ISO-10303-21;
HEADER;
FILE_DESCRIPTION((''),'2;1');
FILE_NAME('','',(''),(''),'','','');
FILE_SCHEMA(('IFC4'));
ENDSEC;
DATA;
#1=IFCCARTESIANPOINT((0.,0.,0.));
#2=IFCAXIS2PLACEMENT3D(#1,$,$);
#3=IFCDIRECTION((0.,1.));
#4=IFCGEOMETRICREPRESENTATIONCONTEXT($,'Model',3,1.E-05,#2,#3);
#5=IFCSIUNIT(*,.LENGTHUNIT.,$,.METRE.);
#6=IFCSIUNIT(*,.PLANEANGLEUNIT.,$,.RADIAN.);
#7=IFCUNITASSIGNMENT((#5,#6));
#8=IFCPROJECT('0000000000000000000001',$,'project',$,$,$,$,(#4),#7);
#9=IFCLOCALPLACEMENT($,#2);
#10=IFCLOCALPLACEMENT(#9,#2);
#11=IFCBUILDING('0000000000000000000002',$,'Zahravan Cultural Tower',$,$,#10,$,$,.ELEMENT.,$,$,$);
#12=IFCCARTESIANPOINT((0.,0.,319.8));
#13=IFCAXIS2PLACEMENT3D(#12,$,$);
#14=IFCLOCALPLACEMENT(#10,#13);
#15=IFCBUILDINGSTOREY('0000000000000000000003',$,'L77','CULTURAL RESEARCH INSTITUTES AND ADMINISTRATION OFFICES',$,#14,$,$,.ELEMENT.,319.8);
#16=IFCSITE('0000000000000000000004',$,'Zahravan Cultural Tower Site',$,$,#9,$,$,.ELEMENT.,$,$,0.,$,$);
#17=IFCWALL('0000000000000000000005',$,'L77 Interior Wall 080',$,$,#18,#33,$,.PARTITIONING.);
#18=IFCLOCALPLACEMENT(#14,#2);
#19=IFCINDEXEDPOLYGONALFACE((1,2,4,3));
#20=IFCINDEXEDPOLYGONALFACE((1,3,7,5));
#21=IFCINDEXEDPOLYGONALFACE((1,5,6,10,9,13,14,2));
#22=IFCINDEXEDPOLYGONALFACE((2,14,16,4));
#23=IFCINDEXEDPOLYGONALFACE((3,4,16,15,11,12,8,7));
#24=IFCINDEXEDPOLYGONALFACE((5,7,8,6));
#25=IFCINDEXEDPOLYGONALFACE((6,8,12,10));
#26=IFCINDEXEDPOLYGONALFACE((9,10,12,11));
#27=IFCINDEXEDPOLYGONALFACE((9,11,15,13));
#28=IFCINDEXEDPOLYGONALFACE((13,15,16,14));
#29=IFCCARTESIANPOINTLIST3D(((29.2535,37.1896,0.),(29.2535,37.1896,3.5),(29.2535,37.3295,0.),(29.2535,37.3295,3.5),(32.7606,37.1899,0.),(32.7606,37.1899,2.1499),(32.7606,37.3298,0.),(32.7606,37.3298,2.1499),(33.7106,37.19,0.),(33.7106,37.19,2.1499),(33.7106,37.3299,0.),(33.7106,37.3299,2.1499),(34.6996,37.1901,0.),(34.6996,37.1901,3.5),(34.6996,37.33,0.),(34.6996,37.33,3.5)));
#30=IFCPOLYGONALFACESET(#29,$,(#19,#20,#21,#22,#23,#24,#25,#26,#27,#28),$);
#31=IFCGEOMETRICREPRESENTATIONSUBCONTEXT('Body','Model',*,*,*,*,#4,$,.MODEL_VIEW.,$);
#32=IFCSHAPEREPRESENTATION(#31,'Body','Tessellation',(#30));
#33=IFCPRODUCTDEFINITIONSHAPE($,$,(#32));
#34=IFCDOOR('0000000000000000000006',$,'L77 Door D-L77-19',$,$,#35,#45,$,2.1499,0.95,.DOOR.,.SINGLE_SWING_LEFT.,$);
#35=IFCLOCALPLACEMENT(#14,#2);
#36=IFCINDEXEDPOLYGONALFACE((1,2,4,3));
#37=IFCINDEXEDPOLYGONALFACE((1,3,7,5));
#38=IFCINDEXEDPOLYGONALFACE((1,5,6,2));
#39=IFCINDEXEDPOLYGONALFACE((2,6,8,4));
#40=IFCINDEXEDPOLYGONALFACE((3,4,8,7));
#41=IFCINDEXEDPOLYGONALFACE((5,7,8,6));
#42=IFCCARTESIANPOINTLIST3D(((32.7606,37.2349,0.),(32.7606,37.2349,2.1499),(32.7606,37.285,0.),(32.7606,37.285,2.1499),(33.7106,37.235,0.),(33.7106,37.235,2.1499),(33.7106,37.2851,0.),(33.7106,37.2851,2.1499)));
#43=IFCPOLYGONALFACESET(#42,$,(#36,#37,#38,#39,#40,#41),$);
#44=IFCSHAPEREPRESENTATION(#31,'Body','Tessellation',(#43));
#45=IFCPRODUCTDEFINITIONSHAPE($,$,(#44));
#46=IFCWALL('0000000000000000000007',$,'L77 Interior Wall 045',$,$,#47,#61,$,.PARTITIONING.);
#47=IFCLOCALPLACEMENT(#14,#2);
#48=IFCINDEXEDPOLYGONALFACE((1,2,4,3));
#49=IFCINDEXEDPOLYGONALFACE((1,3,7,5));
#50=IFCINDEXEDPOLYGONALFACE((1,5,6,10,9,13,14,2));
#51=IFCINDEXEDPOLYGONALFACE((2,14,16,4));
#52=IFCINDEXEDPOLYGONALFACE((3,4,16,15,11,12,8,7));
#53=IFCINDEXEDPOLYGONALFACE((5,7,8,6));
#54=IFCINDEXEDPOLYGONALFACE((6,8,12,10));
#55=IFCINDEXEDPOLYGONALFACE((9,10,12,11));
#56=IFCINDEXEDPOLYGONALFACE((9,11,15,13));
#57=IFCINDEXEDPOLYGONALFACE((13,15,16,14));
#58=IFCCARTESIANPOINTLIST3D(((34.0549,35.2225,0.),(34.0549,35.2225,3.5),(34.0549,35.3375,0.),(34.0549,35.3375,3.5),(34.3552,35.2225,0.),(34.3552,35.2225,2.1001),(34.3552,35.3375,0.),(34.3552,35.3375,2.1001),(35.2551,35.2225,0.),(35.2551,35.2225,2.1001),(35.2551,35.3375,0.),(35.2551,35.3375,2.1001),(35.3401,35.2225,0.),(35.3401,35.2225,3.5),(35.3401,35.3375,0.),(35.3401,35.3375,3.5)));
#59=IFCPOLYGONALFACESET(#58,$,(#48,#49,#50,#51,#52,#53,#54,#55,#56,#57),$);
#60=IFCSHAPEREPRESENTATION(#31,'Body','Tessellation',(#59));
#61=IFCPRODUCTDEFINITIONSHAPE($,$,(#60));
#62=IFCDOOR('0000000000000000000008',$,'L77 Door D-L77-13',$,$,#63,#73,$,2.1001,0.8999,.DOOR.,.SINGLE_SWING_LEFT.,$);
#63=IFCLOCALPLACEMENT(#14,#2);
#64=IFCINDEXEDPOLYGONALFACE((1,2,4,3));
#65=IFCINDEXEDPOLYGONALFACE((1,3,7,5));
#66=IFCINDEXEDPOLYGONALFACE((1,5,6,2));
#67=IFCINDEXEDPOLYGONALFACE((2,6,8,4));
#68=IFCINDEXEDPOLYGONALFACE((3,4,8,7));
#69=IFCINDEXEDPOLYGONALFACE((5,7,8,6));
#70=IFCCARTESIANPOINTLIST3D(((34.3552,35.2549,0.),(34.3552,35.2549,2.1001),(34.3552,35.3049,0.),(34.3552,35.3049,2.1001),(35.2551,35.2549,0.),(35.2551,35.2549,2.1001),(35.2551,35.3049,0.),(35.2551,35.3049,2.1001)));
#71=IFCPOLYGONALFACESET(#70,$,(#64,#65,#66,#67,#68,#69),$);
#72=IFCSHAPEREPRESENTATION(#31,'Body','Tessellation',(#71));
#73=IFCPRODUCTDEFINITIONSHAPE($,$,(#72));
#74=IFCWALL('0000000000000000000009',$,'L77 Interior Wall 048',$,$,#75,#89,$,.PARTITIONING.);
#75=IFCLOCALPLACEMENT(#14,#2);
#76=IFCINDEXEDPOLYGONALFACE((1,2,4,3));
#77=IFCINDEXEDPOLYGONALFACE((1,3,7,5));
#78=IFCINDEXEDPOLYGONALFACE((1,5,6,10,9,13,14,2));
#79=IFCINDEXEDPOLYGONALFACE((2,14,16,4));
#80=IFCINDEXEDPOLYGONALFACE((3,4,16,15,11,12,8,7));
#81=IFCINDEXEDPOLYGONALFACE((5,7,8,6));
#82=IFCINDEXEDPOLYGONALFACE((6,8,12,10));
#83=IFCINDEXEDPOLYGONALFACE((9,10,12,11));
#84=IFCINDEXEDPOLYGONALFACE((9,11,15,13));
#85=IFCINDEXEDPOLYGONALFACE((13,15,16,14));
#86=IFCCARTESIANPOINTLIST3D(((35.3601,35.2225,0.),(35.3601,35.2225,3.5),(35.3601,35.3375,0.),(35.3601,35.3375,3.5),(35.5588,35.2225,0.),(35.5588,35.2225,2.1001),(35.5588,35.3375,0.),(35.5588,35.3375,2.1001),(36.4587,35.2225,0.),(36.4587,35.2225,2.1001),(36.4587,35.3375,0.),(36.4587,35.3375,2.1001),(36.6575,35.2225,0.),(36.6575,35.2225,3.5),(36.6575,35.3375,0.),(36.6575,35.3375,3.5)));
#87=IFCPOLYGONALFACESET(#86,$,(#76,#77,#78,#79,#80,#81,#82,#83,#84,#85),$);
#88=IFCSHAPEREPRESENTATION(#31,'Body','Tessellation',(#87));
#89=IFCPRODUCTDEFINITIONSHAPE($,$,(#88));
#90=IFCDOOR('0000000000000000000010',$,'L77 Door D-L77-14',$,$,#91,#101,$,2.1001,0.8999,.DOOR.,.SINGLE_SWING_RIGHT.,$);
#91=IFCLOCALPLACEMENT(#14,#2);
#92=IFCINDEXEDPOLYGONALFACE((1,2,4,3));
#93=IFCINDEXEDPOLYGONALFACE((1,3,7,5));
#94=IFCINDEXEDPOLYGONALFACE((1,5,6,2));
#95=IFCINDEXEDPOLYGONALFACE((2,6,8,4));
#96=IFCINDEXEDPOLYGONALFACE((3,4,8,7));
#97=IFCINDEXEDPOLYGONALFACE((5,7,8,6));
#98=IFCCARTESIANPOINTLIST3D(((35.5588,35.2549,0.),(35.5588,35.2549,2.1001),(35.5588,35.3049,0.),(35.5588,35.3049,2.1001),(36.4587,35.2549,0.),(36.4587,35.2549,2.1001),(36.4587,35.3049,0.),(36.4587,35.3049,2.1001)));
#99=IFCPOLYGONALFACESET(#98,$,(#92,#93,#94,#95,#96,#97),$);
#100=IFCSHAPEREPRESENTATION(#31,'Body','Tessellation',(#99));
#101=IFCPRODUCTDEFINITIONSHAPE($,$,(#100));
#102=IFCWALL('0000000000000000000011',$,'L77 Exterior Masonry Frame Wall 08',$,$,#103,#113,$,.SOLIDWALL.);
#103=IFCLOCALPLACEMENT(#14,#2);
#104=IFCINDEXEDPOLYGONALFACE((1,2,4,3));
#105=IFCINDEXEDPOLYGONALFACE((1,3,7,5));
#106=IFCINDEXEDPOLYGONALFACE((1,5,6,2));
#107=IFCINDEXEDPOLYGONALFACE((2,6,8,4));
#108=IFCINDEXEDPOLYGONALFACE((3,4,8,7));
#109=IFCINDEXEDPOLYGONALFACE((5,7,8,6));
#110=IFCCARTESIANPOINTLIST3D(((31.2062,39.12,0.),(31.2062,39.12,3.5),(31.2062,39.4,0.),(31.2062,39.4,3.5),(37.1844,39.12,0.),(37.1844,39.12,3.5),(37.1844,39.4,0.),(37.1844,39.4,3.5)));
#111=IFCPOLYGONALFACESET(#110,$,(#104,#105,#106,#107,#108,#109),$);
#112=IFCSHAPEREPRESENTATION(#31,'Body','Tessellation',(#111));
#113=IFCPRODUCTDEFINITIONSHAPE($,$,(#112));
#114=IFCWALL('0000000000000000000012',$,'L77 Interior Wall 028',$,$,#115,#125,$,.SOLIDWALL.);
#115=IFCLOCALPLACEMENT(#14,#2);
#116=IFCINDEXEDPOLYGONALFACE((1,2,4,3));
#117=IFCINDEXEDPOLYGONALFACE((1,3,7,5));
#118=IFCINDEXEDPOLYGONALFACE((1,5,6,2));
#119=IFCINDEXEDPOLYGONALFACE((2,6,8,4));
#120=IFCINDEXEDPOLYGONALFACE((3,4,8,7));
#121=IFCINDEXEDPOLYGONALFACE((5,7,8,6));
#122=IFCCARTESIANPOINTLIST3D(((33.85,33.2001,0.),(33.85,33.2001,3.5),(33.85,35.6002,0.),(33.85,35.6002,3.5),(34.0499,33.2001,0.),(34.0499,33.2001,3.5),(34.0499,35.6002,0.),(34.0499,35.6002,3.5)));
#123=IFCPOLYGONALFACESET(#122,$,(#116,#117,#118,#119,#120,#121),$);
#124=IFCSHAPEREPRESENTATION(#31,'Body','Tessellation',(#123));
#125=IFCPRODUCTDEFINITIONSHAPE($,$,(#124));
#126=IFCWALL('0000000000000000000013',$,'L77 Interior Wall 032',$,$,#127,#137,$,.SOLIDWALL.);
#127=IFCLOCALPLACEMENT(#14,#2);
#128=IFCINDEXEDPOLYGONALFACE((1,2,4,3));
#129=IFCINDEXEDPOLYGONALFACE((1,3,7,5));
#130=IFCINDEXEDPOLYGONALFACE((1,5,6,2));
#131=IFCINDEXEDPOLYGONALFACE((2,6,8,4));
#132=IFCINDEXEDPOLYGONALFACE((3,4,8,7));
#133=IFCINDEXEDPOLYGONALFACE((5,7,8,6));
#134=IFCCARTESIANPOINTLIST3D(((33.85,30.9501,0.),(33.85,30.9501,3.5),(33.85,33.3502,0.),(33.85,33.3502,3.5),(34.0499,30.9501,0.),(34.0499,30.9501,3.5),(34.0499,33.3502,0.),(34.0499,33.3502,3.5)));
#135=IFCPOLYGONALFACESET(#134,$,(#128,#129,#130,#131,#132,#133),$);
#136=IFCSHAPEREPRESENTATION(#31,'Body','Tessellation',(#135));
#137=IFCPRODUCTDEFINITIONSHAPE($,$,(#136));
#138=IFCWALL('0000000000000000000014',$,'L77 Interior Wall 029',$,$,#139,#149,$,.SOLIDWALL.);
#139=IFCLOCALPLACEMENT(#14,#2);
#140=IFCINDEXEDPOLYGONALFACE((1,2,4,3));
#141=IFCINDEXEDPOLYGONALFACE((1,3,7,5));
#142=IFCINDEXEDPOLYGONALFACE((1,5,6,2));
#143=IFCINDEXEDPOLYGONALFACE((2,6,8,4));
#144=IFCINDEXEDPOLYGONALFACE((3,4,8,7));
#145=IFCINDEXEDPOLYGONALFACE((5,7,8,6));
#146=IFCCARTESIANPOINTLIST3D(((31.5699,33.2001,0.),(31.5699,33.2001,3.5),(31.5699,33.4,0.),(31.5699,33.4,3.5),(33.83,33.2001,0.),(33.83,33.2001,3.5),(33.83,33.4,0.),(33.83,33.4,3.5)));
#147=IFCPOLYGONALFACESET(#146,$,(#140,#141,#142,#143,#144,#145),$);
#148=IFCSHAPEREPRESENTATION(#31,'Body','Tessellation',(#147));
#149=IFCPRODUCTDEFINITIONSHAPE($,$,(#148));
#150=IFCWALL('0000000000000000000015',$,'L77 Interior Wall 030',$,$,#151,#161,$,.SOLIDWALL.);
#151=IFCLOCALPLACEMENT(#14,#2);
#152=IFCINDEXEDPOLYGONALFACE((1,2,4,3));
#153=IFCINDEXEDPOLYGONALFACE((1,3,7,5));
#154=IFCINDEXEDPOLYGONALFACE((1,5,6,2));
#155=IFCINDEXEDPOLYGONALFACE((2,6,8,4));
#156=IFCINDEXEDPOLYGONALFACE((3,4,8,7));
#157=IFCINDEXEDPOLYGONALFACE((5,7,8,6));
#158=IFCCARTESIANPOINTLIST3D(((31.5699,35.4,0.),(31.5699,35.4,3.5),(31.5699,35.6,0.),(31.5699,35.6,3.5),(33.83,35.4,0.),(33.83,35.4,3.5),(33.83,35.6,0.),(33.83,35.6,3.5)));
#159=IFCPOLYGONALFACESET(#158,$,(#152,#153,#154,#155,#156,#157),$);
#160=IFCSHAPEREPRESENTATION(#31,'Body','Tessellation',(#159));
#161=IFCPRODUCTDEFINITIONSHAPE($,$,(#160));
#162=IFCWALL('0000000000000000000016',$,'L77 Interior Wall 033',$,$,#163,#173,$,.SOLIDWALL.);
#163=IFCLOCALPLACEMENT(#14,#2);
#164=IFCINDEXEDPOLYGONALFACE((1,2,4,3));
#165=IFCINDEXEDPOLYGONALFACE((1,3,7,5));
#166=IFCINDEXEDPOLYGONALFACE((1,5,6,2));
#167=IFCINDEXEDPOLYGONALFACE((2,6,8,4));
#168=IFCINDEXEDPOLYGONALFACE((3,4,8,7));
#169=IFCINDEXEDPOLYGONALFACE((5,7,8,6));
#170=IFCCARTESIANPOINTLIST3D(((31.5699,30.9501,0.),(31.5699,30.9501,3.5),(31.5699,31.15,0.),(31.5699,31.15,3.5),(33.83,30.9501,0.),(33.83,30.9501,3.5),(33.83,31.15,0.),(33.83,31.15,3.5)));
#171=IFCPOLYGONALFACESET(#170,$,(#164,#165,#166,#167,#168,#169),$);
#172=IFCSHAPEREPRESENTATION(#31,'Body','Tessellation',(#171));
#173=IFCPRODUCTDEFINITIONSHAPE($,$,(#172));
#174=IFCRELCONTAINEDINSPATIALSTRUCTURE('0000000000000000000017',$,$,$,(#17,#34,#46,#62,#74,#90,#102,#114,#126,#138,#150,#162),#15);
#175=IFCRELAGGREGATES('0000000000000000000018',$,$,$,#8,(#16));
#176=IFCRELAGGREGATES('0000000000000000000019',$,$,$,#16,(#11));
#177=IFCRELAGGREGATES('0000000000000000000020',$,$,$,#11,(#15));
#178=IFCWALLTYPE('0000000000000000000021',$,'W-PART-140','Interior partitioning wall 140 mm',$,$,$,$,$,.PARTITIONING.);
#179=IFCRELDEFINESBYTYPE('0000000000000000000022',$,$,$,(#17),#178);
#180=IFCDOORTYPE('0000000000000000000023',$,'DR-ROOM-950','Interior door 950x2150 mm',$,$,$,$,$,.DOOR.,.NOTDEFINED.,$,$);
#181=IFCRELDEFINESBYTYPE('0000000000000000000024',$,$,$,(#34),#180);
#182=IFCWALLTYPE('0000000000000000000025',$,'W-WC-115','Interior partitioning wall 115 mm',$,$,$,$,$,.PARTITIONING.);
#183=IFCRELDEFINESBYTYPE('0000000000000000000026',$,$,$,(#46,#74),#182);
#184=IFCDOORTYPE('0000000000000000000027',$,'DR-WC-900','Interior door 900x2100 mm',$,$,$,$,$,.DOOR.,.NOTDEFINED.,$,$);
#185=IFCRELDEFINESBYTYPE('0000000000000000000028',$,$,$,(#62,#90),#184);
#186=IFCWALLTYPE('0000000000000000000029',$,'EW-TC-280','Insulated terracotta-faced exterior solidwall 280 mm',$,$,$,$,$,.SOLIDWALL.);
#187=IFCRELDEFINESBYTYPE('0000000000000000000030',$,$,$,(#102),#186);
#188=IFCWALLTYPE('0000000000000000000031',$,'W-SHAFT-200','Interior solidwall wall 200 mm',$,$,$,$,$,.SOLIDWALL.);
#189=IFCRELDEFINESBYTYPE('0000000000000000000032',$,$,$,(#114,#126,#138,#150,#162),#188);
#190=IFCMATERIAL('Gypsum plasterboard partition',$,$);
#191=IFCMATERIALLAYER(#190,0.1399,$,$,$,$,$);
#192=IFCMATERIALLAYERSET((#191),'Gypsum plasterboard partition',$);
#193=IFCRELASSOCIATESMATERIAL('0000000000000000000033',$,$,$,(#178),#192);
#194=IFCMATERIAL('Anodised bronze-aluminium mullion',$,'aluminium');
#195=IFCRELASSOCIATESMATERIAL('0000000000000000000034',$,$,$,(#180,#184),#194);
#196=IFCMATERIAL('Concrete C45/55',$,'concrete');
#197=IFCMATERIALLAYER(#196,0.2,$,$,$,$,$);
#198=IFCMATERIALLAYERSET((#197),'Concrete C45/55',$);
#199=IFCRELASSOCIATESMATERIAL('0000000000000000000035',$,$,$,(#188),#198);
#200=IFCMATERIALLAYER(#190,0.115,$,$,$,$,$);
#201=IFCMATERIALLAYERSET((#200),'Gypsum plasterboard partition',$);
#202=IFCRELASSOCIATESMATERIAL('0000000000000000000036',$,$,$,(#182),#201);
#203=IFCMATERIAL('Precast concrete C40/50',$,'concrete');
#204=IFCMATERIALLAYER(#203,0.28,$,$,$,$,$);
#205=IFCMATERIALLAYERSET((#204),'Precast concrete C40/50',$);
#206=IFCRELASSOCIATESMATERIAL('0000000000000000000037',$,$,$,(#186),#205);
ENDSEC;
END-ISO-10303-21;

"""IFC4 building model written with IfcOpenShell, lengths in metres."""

from ifc_helpers import new_model, si_unit, direction, frame, frame_2d, origin, place, context, subcontext, project, spatial, rectangle, extrude, source, transform, mapped, material, layer, layer_set, type_object, element, fill, save


model = new_model("IFC4")

# Units and contexts
model_context = context("Model", 3, precision=1e-05, world=origin(), true_north=direction((0.0, 1.0)))
body_context = subcontext(model_context, "Body", "Model", "MODEL_VIEW")
ifc_project = project(units=[si_unit("LENGTHUNIT", "METRE"), si_unit("PLANEANGLEUNIT", "RADIAN")], contexts=[model_context])

# Site, building, storey
site_placement = place(None, origin())
site = spatial("IfcSite", under=ifc_project, at=site_placement, Name="Zahravan Cultural Tower Site", CompositionType="ELEMENT", RefElevation=0.0)
building_placement = place(site_placement, origin())
building = spatial("IfcBuilding", under=site, at=building_placement, Name="Zahravan Cultural Tower", CompositionType="ELEMENT")
storey_placement = place(building_placement, frame((0.0, 0.0, 319.8)))
storey = spatial("IfcBuildingStorey", under=building, at=storey_placement, Name="L77", Description="CULTURAL RESEARCH INSTITUTES AND ADMINISTRATION OFFICES", CompositionType="ELEMENT", Elevation=319.8)

# Walls, openings, doors
ifc_material_1 = material(Name="Gypsum plasterboard partition")
ifc_layer_1 = layer(ifc_material_1, 0.1399)
ifc_layer_set_1 = layer_set([ifc_layer_1], Name="Gypsum plasterboard partition")
wall_type_1 = type_object("IfcWallType", Name="W-PART-140", Description="Interior partitioning wall 140 mm", PredefinedType="PARTITIONING", material=ifc_layer_set_1)
wall_1_placement = place(storey_placement, frame((34.6997, 37.26, 0.0), z_axis=(0.0, 0.0, 1.0), x_axis=(-1.0, -0.00009, 0.0)))
wall_1 = element("IfcWall", 1, at=wall_1_placement, inside=storey, type_object=wall_type_1, Name="L77 Interior Wall 080", PredefinedType="PARTITIONING", context=body_context, shape_type="SweptSolid", body=[
    extrude(rectangle(XDim=5.446, YDim=0.1399, at=frame_2d((2.7231, 0.0))), origin(), (0.0, 0.0, 1.0), 3.5),
])
opening_1_placement = place(wall_1_placement, frame((0.989, 0.0, 0.0)))
opening_1 = element("IfcOpeningElement", 2, at=opening_1_placement, cuts=wall_1, PredefinedType="OPENING", context=body_context, shape_type="SweptSolid", body=[
    extrude(rectangle(XDim=0.95, YDim=2.1499, at=frame_2d((0.4751, 1.075))), frame((0.0, 0.0798, 0.0), z_axis=(0.0, -1.0, 0.0), x_axis=(1.0, 0.0, 0.0)), (0.0, 0.0, 1.0), 0.1599),
])
ifc_material_2 = material(Name="Anodised bronze-aluminium mullion", Category="aluminium")
door_type_1 = type_object("IfcDoorType", Name="DR-ROOM-950", Description="Interior door 950x2150 mm", OperationType="NOTDEFINED", PredefinedType="DOOR", material=ifc_material_2)
shared_shape_1 = source(origin(), body_context, "Body", "SweptSolid", [
    extrude(rectangle(XDim=0.95, YDim=2.1499, at=frame_2d((0.4751, 1.075))), frame((0.0, 0.0249, 0.0), z_axis=(0.0, -1.0, 0.0), x_axis=(1.0, 0.0, 0.0)), (0.0, 0.0, 1.0), 0.05),
])
door_1_placement = place(opening_1_placement, origin())
door_1 = element("IfcDoor", 3, at=door_1_placement, inside=storey, type_object=door_type_1, Name="L77 Door D-L77-19", OperationType="SINGLE_SWING_LEFT", OverallHeight=2.1499, OverallWidth=0.95, PredefinedType="DOOR", context=body_context, shape_type="MappedRepresentation", body=[
    mapped(shared_shape_1, transform((0.0, 0.0, 0.0), x_axis=(1.0, 0.0, 0.0), y_axis=(0.0, 1.0, 0.0), z_axis=(0.0, 0.0, 1.0), scale=1.0)),
])
fill(opening_1, door_1)
ifc_material_3 = material(Name="Concrete C45/55", Category="concrete")
ifc_layer_2 = layer(ifc_material_3, 0.2)
ifc_layer_set_2 = layer_set([ifc_layer_2], Name="Concrete C45/55")
wall_type_2 = type_object("IfcWallType", Name="W-SHAFT-200", Description="Interior solidwall wall 200 mm", PredefinedType="SOLIDWALL", material=ifc_layer_set_2)
ifc_layer_3 = layer(ifc_material_1, 0.115)
ifc_layer_set_3 = layer_set([ifc_layer_3], Name="Gypsum plasterboard partition")
wall_type_3 = type_object("IfcWallType", Name="W-WC-115", Description="Interior partitioning wall 115 mm", PredefinedType="PARTITIONING", material=ifc_layer_set_3)
wall_2_placement = place(storey_placement, frame((34.0549, 35.28, 0.0), z_axis=(0.0, 0.0, 1.0), x_axis=(1.0, 0.0, 0.0)))
wall_2 = element("IfcWall", 4, at=wall_2_placement, inside=storey, type_object=wall_type_3, Name="L77 Interior Wall 045", PredefinedType="PARTITIONING", context=body_context, shape_type="SweptSolid", body=[
    extrude(rectangle(XDim=1.2852, YDim=0.115, at=frame_2d((0.6426, 0.0))), origin(), (0.0, 0.0, 1.0), 3.5),
])
opening_2_placement = place(wall_2_placement, frame((0.3003, 0.0, 0.0)))
opening_2 = element("IfcOpeningElement", 5, at=opening_2_placement, cuts=wall_2, PredefinedType="OPENING", context=body_context, shape_type="SweptSolid", body=[
    extrude(rectangle(XDim=0.8999, YDim=2.1001, at=frame_2d((0.45, 1.05))), frame((0.0, 0.0674, 0.0), z_axis=(0.0, -1.0, 0.0), x_axis=(1.0, 0.0, 0.0)), (0.0, 0.0, 1.0), 0.135),
])
door_type_2 = type_object("IfcDoorType", Name="DR-WC-900", Description="Interior door 900x2100 mm", OperationType="NOTDEFINED", PredefinedType="DOOR", material=ifc_material_2)
shared_shape_2 = source(origin(), body_context, "Body", "SweptSolid", [
    extrude(rectangle(XDim=0.8999, YDim=2.1001, at=frame_2d((0.45, 1.05))), frame((0.0, 0.0249, 0.0), z_axis=(0.0, -1.0, 0.0), x_axis=(1.0, 0.0, 0.0)), (0.0, 0.0, 1.0), 0.05),
])
door_2_placement = place(opening_2_placement, origin())
door_2 = element("IfcDoor", 6, at=door_2_placement, inside=storey, type_object=door_type_2, Name="L77 Door D-L77-13", OperationType="SINGLE_SWING_LEFT", OverallHeight=2.1001, OverallWidth=0.8999, PredefinedType="DOOR", context=body_context, shape_type="MappedRepresentation", body=[
    mapped(shared_shape_2, transform((0.0, 0.0, 0.0), x_axis=(1.0, 0.0, 0.0), y_axis=(0.0, 1.0, 0.0), z_axis=(0.0, 0.0, 1.0), scale=1.0)),
])
fill(opening_2, door_2)
wall_3_placement = place(storey_placement, frame((35.3601, 35.28, 0.0), z_axis=(0.0, 0.0, 1.0), x_axis=(1.0, 0.0, 0.0)))
wall_3 = element("IfcWall", 7, at=wall_3_placement, inside=storey, type_object=wall_type_3, Name="L77 Interior Wall 048", PredefinedType="PARTITIONING", context=body_context, shape_type="SweptSolid", body=[
    extrude(rectangle(XDim=1.2974, YDim=0.115, at=frame_2d((0.6487, 0.0))), origin(), (0.0, 0.0, 1.0), 3.5),
])
opening_3_placement = place(wall_3_placement, frame((0.1987, 0.0, 0.0)))
opening_3 = element("IfcOpeningElement", 8, at=opening_3_placement, cuts=wall_3, PredefinedType="OPENING", context=body_context, shape_type="SweptSolid", body=[
    extrude(rectangle(XDim=0.8999, YDim=2.1001, at=frame_2d((0.45, 1.05))), frame((0.0, 0.0674, 0.0), z_axis=(0.0, -1.0, 0.0), x_axis=(1.0, 0.0, 0.0)), (0.0, 0.0, 1.0), 0.135),
])
door_3_placement = place(opening_3_placement, origin())
door_3 = element("IfcDoor", 9, at=door_3_placement, inside=storey, type_object=door_type_2, Name="L77 Door D-L77-14", OperationType="SINGLE_SWING_RIGHT", OverallHeight=2.1001, OverallWidth=0.8999, PredefinedType="DOOR", context=body_context, shape_type="MappedRepresentation", body=[
    mapped(shared_shape_2, transform((0.0, 0.0, 0.0), x_axis=(1.0, 0.0, 0.0), y_axis=(0.0, 1.0, 0.0), z_axis=(0.0, 0.0, 1.0), scale=1.0)),
])
fill(opening_3, door_3)

# Walls
ifc_material_4 = material(Name="Precast concrete C40/50", Category="concrete")
ifc_layer_4 = layer(ifc_material_4, 0.28)
ifc_layer_set_4 = layer_set([ifc_layer_4], Name="Precast concrete C40/50")
wall_type_4 = type_object("IfcWallType", Name="EW-TC-280", Description="Insulated terracotta-faced exterior solidwall 280 mm", PredefinedType="SOLIDWALL", material=ifc_layer_set_4)
shared_shape_3 = source(origin(), body_context, "Body", "SweptSolid", [
    extrude(rectangle(XDim=5.9783, YDim=0.28, at=frame_2d((2.9893, 0.0))), origin(), (0.0, 0.0, 1.0), 3.5),
])
wall_4_placement = place(storey_placement, frame((31.2061, 39.26, 0.0), z_axis=(0.0, 0.0, 1.0), x_axis=(1.0, 0.0, 0.0)))
element("IfcWall", 10, at=wall_4_placement, inside=storey, type_object=wall_type_4, Name="L77 Exterior Masonry Frame Wall 08", PredefinedType="SOLIDWALL", context=body_context, shape_type="MappedRepresentation", body=[
    mapped(shared_shape_3, transform((0.0, 0.0, 0.0), x_axis=(1.0, 0.0, 0.0), y_axis=(0.0, 1.0, 0.0), z_axis=(0.0, 0.0, 1.0), scale=1.0)),
])
shared_shape_4 = source(origin(), body_context, "Body", "SweptSolid", [
    extrude(rectangle(XDim=2.4001, YDim=0.2, at=frame_2d((1.2002, 0.0))), origin(), (0.0, 0.0, 1.0), 3.5),
])
for number, where, z_axis, x_axis, name in (
    (11, (33.95, 33.2, 0.0), (0.0, 0.0, 1.0), (0.0, 1.0, 0.0), "L77 Interior Wall 028"),
    (12, (33.95, 30.95, 0.0), (0.0, 0.0, 1.0), (0.0, 1.0, 0.0), "L77 Interior Wall 032"),
):
    element("IfcWall", number, at=place(storey_placement, frame(where, z_axis=z_axis, x_axis=x_axis)), inside=storey, type_object=wall_type_2, Name=name, PredefinedType="SOLIDWALL", context=body_context, shape_type="MappedRepresentation", body=[
        mapped(shared_shape_4, transform((0.0, 0.0, 0.0), x_axis=(1.0, 0.0, 0.0), y_axis=(0.0, 1.0, 0.0), z_axis=(0.0, 0.0, 1.0), scale=1.0)),
    ])
shared_shape_5 = source(origin(), body_context, "Body", "SweptSolid", [
    extrude(rectangle(XDim=2.26, YDim=0.2, at=frame_2d((1.1299, 0.0))), origin(), (0.0, 0.0, 1.0), 3.5),
])
for number, where, z_axis, x_axis, name in (
    (13, (31.5701, 33.3, 0.0), (0.0, 0.0, 1.0), (1.0, 0.0, 0.0), "L77 Interior Wall 029"),
    (14, (31.5701, 35.5, 0.0), (0.0, 0.0, 1.0), (1.0, 0.0, 0.0), "L77 Interior Wall 030"),
    (15, (31.5701, 31.05, 0.0), (0.0, 0.0, 1.0), (1.0, 0.0, 0.0), "L77 Interior Wall 033"),
):
    element("IfcWall", number, at=place(storey_placement, frame(where, z_axis=z_axis, x_axis=x_axis)), inside=storey, type_object=wall_type_2, Name=name, PredefinedType="SOLIDWALL", context=body_context, shape_type="MappedRepresentation", body=[
        mapped(shared_shape_5, transform((0.0, 0.0, 0.0), x_axis=(1.0, 0.0, 0.0), y_axis=(0.0, 1.0, 0.0), z_axis=(0.0, 0.0, 1.0), scale=1.0)),
    ])

save(model, "model.ifc")
